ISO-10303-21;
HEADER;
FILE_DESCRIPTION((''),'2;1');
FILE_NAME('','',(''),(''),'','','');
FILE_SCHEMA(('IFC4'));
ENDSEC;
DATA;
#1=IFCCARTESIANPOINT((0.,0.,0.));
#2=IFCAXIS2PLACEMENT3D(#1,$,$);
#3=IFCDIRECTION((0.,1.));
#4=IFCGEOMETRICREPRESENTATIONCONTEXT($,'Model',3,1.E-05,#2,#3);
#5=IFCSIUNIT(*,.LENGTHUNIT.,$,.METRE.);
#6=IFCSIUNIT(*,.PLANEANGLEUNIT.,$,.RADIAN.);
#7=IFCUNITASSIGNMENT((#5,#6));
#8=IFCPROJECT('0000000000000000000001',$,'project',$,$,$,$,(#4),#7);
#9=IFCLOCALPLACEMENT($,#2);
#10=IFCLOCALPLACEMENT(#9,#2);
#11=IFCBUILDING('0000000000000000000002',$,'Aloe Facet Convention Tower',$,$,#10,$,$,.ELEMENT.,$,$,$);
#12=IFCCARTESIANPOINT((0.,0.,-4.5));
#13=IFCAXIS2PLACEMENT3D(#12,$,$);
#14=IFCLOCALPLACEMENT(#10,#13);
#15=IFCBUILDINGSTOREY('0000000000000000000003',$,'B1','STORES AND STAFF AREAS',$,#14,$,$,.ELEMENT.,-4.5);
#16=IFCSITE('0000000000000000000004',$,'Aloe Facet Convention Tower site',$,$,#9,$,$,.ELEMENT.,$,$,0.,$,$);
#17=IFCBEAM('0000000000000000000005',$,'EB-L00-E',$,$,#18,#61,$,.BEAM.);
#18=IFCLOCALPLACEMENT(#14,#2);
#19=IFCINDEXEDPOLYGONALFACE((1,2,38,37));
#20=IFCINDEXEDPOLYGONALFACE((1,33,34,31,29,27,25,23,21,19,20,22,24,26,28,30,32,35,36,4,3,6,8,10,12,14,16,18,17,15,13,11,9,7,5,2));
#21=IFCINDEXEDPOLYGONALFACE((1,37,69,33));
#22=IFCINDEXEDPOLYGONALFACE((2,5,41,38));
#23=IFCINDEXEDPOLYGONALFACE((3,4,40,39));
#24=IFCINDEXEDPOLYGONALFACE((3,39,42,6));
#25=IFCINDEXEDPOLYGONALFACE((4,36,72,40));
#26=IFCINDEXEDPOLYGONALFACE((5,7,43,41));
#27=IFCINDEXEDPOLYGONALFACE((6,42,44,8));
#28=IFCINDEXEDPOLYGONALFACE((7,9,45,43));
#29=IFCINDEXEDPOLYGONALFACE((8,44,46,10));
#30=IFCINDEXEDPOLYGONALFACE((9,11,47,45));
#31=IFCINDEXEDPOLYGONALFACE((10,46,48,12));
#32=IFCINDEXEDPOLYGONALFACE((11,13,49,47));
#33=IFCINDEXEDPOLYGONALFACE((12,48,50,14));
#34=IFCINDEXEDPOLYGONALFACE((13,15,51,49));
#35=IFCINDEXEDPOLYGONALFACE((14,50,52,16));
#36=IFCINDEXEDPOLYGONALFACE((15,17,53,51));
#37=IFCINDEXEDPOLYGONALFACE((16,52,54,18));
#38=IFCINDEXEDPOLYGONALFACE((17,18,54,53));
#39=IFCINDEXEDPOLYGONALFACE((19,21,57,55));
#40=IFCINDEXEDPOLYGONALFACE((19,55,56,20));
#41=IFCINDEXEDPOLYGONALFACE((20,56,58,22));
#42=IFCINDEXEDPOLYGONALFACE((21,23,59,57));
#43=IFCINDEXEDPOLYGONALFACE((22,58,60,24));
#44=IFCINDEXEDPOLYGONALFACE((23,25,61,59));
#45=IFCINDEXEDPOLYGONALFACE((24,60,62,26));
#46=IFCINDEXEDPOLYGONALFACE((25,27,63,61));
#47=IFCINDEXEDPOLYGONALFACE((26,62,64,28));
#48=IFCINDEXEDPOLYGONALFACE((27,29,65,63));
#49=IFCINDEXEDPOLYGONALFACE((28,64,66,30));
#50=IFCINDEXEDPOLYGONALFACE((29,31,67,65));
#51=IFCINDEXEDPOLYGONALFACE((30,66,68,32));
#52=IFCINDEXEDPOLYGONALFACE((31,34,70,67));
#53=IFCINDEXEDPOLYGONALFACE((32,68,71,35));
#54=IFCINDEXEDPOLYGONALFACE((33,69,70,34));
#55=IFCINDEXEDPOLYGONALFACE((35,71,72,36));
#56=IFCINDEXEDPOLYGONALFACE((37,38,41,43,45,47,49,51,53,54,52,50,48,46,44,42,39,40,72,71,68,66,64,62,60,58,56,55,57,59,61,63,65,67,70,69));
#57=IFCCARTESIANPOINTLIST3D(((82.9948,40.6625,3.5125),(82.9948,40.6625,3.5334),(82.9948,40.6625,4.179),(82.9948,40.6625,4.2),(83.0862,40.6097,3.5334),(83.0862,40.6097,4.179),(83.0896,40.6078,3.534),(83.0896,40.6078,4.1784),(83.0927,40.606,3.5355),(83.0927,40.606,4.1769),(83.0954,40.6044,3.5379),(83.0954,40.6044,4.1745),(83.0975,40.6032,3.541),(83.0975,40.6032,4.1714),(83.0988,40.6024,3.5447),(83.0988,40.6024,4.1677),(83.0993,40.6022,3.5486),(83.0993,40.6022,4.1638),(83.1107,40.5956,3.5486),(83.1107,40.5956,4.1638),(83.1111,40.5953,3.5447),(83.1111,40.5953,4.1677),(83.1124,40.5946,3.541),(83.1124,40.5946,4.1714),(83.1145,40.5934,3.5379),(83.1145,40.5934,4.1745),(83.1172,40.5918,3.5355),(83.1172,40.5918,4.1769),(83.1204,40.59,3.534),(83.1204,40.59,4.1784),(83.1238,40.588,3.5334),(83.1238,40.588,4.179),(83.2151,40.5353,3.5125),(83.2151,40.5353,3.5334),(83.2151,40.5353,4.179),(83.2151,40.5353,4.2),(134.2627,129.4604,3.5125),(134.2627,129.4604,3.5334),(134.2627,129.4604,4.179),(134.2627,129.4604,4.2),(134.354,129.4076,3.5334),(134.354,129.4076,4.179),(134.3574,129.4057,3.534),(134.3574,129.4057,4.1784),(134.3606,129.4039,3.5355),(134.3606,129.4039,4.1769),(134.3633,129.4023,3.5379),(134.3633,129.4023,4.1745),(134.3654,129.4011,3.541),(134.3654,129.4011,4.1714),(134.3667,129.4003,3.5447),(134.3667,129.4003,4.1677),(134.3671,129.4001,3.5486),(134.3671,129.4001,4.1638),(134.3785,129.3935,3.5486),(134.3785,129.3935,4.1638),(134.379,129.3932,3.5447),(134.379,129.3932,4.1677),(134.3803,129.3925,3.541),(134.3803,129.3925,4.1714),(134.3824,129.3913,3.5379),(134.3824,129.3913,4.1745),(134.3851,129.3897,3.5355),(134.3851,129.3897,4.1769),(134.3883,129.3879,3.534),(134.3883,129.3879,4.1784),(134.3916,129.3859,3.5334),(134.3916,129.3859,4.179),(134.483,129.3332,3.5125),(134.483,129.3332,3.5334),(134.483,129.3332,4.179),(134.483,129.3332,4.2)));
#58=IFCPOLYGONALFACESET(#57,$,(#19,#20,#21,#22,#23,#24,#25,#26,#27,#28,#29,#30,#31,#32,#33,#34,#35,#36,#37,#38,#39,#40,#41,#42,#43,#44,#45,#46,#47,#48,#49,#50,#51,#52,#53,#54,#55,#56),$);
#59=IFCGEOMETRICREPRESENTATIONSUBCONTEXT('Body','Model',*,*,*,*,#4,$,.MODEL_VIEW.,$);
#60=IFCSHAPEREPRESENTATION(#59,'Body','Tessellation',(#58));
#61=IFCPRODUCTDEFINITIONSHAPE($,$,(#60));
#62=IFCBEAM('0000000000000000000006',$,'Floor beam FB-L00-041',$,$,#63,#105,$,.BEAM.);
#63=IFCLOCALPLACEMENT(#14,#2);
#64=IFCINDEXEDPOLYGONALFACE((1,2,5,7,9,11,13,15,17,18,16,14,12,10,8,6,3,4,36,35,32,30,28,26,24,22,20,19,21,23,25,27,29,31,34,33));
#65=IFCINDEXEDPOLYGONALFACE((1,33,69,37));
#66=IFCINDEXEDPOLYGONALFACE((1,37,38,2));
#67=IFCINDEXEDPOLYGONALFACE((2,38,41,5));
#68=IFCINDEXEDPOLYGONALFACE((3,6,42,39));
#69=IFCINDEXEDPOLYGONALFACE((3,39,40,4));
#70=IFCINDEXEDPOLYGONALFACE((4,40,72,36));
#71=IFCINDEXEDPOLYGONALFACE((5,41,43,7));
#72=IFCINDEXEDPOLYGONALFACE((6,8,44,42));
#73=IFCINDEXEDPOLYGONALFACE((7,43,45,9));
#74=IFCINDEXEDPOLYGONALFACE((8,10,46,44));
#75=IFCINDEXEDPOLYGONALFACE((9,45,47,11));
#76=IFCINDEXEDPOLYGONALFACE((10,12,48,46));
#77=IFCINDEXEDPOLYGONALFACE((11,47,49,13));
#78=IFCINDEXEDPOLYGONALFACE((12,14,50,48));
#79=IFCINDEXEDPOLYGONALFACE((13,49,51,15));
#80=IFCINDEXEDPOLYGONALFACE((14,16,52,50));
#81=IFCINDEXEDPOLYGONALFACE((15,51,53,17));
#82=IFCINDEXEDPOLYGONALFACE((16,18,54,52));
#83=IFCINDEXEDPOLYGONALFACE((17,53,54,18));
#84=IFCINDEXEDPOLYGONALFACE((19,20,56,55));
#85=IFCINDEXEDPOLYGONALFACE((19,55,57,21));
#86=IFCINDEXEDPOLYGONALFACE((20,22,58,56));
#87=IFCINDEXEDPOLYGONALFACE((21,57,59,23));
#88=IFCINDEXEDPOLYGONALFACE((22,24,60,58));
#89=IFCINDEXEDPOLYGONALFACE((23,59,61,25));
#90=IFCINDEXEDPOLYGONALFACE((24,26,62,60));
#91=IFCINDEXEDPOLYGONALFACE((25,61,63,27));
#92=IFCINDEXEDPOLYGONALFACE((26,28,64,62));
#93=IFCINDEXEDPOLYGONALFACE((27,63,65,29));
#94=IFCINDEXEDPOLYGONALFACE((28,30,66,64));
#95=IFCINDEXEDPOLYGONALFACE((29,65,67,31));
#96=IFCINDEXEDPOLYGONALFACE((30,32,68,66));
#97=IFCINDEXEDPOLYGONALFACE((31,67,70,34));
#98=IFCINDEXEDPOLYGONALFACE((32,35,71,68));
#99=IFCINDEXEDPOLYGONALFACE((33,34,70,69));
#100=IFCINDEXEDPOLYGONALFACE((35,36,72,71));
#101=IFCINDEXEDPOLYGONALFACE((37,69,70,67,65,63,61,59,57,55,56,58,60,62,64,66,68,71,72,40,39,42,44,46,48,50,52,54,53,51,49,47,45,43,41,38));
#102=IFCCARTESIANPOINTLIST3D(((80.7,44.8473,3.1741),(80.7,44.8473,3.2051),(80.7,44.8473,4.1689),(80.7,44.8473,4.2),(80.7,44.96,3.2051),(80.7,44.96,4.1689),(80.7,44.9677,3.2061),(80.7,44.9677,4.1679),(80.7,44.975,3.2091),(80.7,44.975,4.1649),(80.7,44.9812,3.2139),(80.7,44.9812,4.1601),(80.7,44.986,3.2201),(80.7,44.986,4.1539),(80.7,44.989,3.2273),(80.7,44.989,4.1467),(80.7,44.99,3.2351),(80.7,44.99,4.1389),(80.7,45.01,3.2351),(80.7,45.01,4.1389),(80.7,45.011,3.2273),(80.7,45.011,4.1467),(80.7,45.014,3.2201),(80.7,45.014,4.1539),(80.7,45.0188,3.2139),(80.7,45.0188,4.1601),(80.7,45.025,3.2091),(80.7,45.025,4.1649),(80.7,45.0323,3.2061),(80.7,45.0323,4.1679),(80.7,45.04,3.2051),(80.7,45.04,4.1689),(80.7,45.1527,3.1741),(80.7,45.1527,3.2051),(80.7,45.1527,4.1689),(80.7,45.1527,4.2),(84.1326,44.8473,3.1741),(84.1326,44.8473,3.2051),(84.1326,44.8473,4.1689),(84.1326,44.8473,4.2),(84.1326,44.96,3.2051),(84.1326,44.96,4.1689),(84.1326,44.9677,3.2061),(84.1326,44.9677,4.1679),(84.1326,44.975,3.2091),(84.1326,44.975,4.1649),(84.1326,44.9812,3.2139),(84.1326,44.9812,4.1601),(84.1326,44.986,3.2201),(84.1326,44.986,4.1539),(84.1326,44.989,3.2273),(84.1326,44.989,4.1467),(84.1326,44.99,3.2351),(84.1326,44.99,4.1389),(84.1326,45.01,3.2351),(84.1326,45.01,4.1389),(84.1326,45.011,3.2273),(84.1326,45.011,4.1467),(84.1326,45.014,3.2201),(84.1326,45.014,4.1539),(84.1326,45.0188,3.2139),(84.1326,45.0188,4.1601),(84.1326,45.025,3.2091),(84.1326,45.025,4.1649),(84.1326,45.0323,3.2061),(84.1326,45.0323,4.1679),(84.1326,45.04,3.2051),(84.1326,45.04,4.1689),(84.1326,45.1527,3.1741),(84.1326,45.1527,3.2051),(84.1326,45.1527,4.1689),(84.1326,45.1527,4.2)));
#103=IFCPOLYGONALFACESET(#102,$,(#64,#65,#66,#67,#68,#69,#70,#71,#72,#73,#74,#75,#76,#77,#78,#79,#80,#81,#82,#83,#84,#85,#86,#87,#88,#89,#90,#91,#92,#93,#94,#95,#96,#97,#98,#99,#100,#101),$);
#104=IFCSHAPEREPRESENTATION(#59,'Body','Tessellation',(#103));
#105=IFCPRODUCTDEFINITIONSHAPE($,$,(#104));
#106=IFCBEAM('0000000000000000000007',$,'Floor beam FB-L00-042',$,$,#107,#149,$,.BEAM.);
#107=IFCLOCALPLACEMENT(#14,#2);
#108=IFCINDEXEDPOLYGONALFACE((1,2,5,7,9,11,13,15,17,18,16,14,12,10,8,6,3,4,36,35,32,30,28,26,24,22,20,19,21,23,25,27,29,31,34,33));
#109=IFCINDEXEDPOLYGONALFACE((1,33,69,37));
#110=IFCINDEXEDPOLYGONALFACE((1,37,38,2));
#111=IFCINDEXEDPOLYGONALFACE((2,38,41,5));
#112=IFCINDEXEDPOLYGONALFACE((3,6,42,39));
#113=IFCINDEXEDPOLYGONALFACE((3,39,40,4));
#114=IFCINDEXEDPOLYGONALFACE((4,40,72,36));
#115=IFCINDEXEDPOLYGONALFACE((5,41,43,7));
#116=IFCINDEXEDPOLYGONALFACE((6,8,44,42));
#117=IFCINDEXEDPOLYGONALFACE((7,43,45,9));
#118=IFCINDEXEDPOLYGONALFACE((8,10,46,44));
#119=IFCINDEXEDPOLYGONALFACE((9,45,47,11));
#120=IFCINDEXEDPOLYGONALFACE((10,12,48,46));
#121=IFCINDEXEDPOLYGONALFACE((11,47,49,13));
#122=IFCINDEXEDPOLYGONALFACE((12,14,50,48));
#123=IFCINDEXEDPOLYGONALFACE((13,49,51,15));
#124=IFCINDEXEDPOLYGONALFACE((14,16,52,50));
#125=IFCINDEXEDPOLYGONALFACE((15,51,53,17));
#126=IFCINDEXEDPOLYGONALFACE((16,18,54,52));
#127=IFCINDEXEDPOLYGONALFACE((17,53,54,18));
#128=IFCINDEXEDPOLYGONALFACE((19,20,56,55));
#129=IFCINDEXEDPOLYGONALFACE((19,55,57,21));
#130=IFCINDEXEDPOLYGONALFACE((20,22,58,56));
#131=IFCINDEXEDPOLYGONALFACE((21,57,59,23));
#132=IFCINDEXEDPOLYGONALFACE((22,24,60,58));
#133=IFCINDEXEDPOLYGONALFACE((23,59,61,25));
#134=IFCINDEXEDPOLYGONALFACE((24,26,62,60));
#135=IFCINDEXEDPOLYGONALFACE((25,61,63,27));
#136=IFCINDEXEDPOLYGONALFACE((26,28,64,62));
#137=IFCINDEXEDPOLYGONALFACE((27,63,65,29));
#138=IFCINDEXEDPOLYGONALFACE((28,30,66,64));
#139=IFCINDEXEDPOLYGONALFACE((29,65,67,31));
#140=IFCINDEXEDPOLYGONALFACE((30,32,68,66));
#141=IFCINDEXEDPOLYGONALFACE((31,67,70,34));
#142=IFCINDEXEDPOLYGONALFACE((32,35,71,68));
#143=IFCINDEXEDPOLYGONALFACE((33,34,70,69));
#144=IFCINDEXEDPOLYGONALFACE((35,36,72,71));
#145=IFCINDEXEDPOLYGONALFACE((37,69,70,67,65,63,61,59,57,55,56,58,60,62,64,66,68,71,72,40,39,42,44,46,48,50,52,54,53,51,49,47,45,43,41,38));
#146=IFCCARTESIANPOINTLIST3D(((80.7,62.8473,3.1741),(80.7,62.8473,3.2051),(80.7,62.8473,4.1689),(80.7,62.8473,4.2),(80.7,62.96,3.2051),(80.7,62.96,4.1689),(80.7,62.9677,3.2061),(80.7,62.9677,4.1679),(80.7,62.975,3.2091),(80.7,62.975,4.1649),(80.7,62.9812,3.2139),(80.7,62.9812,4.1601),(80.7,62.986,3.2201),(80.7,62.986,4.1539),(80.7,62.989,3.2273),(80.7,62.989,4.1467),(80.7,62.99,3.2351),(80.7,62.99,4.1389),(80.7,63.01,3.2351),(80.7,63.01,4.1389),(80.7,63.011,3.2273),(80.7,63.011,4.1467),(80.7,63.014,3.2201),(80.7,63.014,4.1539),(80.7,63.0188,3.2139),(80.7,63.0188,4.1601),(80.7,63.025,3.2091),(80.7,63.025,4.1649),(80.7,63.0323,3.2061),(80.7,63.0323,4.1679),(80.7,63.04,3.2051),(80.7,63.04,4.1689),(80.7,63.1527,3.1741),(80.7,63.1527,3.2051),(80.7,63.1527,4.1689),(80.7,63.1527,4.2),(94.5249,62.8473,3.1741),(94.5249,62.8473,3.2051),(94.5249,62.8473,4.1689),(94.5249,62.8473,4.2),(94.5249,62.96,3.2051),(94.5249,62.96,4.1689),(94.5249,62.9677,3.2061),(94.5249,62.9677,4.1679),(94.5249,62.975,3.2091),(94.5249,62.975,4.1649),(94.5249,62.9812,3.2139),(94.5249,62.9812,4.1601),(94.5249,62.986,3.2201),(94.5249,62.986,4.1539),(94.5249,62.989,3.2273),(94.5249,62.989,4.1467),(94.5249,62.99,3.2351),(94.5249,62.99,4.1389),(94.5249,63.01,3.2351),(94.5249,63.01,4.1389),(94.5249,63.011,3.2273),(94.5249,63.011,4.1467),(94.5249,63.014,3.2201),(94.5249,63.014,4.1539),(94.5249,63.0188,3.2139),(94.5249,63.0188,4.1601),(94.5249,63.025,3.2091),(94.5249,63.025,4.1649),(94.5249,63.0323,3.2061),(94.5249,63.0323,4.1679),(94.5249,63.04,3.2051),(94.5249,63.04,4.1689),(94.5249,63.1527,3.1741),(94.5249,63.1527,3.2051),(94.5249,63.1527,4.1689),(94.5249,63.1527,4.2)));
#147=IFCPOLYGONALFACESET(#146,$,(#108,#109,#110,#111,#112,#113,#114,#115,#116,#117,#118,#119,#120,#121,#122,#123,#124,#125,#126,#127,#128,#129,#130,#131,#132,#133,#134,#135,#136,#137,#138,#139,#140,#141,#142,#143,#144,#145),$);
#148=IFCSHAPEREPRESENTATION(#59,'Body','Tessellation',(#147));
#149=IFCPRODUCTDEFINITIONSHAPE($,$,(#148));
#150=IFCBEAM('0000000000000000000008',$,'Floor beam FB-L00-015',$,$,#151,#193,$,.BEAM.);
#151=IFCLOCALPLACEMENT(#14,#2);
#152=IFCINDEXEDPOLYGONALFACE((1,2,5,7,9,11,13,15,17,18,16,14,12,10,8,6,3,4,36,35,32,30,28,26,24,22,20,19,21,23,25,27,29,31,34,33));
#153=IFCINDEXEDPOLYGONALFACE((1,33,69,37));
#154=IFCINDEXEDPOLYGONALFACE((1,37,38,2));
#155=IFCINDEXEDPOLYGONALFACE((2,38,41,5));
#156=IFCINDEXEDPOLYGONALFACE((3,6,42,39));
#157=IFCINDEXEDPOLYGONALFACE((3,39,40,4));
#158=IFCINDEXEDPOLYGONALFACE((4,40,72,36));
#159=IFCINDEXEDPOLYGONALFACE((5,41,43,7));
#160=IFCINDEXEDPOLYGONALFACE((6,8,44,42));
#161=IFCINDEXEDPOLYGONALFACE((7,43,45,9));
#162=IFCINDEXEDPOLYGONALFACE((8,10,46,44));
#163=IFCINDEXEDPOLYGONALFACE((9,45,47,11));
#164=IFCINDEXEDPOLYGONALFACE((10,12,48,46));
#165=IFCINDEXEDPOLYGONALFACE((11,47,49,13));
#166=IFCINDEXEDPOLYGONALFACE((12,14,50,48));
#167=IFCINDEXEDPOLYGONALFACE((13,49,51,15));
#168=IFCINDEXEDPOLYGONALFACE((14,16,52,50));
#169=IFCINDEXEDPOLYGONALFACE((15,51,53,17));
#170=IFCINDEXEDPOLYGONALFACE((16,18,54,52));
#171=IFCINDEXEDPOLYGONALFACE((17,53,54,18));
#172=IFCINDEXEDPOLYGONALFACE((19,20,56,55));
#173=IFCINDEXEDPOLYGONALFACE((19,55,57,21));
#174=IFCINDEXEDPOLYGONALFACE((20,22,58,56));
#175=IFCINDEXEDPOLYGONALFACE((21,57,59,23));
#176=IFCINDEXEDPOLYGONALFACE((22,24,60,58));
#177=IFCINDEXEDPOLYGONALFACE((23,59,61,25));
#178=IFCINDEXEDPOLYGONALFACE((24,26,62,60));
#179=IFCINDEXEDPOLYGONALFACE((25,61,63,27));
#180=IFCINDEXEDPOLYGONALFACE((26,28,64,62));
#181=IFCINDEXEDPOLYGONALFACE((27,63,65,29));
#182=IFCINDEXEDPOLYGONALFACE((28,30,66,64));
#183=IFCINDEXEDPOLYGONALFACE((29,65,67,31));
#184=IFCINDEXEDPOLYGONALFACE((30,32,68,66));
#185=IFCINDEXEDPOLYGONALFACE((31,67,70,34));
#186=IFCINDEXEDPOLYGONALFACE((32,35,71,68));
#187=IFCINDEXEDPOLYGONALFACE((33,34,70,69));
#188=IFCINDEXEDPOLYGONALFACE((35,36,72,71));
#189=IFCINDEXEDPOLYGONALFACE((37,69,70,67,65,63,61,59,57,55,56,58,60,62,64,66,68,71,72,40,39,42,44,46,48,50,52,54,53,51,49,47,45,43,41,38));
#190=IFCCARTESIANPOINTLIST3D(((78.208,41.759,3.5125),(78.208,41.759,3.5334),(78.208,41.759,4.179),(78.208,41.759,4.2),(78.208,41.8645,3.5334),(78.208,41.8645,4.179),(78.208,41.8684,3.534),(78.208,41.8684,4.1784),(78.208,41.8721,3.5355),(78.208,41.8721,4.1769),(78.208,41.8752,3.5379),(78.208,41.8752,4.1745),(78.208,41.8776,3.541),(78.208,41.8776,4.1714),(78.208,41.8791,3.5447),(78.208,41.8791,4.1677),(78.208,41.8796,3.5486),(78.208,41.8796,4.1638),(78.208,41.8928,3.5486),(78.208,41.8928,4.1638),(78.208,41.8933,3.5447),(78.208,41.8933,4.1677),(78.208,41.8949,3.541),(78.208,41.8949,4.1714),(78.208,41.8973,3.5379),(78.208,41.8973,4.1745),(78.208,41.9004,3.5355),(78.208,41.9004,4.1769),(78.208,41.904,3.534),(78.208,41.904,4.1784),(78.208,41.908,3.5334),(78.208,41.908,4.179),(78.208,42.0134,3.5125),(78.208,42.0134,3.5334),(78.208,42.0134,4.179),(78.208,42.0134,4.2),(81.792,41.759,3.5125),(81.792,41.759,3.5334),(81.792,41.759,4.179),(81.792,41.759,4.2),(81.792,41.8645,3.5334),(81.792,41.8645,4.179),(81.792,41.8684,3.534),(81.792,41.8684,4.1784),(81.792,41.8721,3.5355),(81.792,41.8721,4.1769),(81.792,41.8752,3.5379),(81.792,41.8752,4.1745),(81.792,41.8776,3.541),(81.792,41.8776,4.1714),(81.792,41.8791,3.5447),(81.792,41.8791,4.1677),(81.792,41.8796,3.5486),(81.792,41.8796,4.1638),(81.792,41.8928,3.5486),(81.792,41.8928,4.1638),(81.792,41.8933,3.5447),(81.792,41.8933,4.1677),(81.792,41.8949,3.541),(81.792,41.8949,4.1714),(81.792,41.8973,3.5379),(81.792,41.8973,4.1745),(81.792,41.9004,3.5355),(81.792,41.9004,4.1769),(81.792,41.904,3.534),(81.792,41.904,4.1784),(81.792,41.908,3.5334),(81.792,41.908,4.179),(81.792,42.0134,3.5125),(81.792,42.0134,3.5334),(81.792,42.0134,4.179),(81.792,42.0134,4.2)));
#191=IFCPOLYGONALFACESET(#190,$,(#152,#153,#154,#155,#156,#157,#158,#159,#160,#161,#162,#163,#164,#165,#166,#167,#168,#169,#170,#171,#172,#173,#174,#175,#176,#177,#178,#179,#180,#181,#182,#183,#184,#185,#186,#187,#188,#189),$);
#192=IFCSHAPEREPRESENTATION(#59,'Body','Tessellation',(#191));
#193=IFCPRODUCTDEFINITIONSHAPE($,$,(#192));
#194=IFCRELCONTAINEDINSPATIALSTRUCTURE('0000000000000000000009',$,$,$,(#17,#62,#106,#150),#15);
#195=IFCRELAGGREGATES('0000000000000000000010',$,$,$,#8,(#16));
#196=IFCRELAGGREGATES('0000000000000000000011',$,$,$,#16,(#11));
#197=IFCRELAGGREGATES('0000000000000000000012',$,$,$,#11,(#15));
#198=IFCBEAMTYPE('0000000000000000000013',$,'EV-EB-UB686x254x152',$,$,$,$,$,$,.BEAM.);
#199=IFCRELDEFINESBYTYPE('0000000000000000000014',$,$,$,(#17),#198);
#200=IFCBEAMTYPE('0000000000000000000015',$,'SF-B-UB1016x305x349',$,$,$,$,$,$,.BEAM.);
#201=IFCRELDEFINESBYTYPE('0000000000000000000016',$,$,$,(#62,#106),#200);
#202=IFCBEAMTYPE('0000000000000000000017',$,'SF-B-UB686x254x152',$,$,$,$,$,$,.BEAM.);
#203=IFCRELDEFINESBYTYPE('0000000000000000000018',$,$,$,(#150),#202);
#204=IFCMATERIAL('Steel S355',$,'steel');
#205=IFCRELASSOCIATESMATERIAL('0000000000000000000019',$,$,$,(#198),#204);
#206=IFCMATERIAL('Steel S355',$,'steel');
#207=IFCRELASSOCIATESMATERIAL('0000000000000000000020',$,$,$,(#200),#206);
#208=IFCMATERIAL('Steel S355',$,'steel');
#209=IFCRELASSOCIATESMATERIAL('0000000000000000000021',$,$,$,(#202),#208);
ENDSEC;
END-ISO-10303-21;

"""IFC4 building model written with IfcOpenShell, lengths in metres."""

from ifc_helpers import new_model, si_unit, direction, frame, origin, origin_2d, place, context, subcontext, project, spatial, i_section, extrude, material, material_profile, profile_set, type_object, element, save


model = new_model("IFC4")

# Units and contexts
model_context = context("Model", 3, precision=1e-05, world=origin(), true_north=direction((0.0, 1.0)))
body_context = subcontext(model_context, "Body", "Model", "MODEL_VIEW")
ifc_project = project(units=[si_unit("LENGTHUNIT", "METRE"), si_unit("PLANEANGLEUNIT", "RADIAN")], contexts=[model_context])

# Site, building, storey
site_placement = place(None, origin())
site = spatial("IfcSite", under=ifc_project, at=site_placement, Name="Aloe Facet Convention Tower site", CompositionType="ELEMENT", RefElevation=0.0)
building_placement = place(site_placement, origin())
building = spatial("IfcBuilding", under=site, at=building_placement, Name="Aloe Facet Convention Tower", CompositionType="ELEMENT")
storey_placement = place(building_placement, frame((0.0, 0.0, -4.5)))
storey = spatial("IfcBuildingStorey", under=building, at=storey_placement, Name="B1", Description="STORES AND STAFF AREAS", CompositionType="ELEMENT", Elevation=-4.5)

# Beams
ifc_material_1 = material(Name="Steel S355", Category="steel")
ifc_material_profile_1 = material_profile(ifc_material_1, i_section(OverallWidth=0.2544, OverallDepth=0.6875, WebThickness=0.0132, FlangeThickness=0.021, FilletRadius=0.0151, at=origin_2d()), Name="UB 686x254x152")
ifc_profile_set_1 = profile_set([ifc_material_profile_1], Name="Steel S355")
beam_type_1 = type_object("IfcBeamType", Name="EV-EB-UB686x254x152", PredefinedType="BEAM", material=ifc_profile_set_1)
beam_1_placement = place(storey_placement, frame((83.105, 40.5989, 3.8562), z_axis=(0.500003, 0.866024, 0.0), x_axis=(-0.866024, 0.500003, 0.0)))
element("IfcBeam", 1, at=beam_1_placement, inside=storey, type_object=beam_type_1, Name="EB-L00-E", PredefinedType="BEAM", context=body_context, shape_type="SweptSolid", body=[
    extrude(i_section(OverallWidth=0.2544, OverallDepth=0.6875, WebThickness=0.0132, FlangeThickness=0.021, FilletRadius=0.0151, at=origin_2d()), origin(), (0.0, 0.0, 1.0), 102.5352),
])
ifc_material_2 = material(Name="Steel S355", Category="steel")
ifc_material_profile_2 = material_profile(ifc_material_2, i_section(OverallWidth=0.3054, OverallDepth=1.0259, WebThickness=0.02, FlangeThickness=0.031, FilletRadius=0.03, at=origin_2d()), Name="UB 1016x305x349")
ifc_profile_set_2 = profile_set([ifc_material_profile_2], Name="Steel S355")
beam_type_2 = type_object("IfcBeamType", Name="SF-B-UB1016x305x349", PredefinedType="BEAM", material=ifc_profile_set_2)
beam_2_placement = place(storey_placement, frame((80.7, 45.0, 3.687), z_axis=(1.0, 0.0, 0.0), x_axis=(0.0, 1.0, 0.0)))
element("IfcBeam", 2, at=beam_2_placement, inside=storey, type_object=beam_type_2, Name="Floor beam FB-L00-041", PredefinedType="BEAM", context=body_context, shape_type="SweptSolid", body=[
    extrude(i_section(OverallWidth=0.3054, OverallDepth=1.0259, WebThickness=0.02, FlangeThickness=0.031, FilletRadius=0.03, at=origin_2d()), origin(), (0.0, 0.0, 1.0), 3.4326),
])
beam_3_placement = place(storey_placement, frame((80.7, 63.0, 3.687), z_axis=(1.0, 0.0, 0.0), x_axis=(0.0, 1.0, 0.0)))
element("IfcBeam", 3, at=beam_3_placement, inside=storey, type_object=beam_type_2, Name="Floor beam FB-L00-042", PredefinedType="BEAM", context=body_context, shape_type="SweptSolid", body=[
    extrude(i_section(OverallWidth=0.3054, OverallDepth=1.0259, WebThickness=0.02, FlangeThickness=0.031, FilletRadius=0.03, at=origin_2d()), origin(), (0.0, 0.0, 1.0), 13.825),
])
ifc_material_3 = material(Name="Steel S355", Category="steel")
ifc_material_profile_3 = material_profile(ifc_material_3, i_section(OverallWidth=0.2544, OverallDepth=0.6875, WebThickness=0.0132, FlangeThickness=0.021, FilletRadius=0.0151, at=origin_2d()), Name="UB 686x254x152")
ifc_profile_set_3 = profile_set([ifc_material_profile_3], Name="Steel S355")
beam_type_3 = type_object("IfcBeamType", Name="SF-B-UB686x254x152", PredefinedType="BEAM", material=ifc_profile_set_3)
beam_4_placement = place(storey_placement, frame((81.792, 41.8862, 3.8562), z_axis=(-1.0, 0.0, 0.0), x_axis=(0.0, -1.0, 0.0)))
element("IfcBeam", 4, at=beam_4_placement, inside=storey, type_object=beam_type_3, Name="Floor beam FB-L00-015", PredefinedType="BEAM", context=body_context, shape_type="SweptSolid", body=[
    extrude(i_section(OverallWidth=0.2544, OverallDepth=0.6875, WebThickness=0.0132, FlangeThickness=0.021, FilletRadius=0.0151, at=origin_2d()), origin(), (0.0, 0.0, 1.0), 3.584),
])

save(model, "model.ifc")
